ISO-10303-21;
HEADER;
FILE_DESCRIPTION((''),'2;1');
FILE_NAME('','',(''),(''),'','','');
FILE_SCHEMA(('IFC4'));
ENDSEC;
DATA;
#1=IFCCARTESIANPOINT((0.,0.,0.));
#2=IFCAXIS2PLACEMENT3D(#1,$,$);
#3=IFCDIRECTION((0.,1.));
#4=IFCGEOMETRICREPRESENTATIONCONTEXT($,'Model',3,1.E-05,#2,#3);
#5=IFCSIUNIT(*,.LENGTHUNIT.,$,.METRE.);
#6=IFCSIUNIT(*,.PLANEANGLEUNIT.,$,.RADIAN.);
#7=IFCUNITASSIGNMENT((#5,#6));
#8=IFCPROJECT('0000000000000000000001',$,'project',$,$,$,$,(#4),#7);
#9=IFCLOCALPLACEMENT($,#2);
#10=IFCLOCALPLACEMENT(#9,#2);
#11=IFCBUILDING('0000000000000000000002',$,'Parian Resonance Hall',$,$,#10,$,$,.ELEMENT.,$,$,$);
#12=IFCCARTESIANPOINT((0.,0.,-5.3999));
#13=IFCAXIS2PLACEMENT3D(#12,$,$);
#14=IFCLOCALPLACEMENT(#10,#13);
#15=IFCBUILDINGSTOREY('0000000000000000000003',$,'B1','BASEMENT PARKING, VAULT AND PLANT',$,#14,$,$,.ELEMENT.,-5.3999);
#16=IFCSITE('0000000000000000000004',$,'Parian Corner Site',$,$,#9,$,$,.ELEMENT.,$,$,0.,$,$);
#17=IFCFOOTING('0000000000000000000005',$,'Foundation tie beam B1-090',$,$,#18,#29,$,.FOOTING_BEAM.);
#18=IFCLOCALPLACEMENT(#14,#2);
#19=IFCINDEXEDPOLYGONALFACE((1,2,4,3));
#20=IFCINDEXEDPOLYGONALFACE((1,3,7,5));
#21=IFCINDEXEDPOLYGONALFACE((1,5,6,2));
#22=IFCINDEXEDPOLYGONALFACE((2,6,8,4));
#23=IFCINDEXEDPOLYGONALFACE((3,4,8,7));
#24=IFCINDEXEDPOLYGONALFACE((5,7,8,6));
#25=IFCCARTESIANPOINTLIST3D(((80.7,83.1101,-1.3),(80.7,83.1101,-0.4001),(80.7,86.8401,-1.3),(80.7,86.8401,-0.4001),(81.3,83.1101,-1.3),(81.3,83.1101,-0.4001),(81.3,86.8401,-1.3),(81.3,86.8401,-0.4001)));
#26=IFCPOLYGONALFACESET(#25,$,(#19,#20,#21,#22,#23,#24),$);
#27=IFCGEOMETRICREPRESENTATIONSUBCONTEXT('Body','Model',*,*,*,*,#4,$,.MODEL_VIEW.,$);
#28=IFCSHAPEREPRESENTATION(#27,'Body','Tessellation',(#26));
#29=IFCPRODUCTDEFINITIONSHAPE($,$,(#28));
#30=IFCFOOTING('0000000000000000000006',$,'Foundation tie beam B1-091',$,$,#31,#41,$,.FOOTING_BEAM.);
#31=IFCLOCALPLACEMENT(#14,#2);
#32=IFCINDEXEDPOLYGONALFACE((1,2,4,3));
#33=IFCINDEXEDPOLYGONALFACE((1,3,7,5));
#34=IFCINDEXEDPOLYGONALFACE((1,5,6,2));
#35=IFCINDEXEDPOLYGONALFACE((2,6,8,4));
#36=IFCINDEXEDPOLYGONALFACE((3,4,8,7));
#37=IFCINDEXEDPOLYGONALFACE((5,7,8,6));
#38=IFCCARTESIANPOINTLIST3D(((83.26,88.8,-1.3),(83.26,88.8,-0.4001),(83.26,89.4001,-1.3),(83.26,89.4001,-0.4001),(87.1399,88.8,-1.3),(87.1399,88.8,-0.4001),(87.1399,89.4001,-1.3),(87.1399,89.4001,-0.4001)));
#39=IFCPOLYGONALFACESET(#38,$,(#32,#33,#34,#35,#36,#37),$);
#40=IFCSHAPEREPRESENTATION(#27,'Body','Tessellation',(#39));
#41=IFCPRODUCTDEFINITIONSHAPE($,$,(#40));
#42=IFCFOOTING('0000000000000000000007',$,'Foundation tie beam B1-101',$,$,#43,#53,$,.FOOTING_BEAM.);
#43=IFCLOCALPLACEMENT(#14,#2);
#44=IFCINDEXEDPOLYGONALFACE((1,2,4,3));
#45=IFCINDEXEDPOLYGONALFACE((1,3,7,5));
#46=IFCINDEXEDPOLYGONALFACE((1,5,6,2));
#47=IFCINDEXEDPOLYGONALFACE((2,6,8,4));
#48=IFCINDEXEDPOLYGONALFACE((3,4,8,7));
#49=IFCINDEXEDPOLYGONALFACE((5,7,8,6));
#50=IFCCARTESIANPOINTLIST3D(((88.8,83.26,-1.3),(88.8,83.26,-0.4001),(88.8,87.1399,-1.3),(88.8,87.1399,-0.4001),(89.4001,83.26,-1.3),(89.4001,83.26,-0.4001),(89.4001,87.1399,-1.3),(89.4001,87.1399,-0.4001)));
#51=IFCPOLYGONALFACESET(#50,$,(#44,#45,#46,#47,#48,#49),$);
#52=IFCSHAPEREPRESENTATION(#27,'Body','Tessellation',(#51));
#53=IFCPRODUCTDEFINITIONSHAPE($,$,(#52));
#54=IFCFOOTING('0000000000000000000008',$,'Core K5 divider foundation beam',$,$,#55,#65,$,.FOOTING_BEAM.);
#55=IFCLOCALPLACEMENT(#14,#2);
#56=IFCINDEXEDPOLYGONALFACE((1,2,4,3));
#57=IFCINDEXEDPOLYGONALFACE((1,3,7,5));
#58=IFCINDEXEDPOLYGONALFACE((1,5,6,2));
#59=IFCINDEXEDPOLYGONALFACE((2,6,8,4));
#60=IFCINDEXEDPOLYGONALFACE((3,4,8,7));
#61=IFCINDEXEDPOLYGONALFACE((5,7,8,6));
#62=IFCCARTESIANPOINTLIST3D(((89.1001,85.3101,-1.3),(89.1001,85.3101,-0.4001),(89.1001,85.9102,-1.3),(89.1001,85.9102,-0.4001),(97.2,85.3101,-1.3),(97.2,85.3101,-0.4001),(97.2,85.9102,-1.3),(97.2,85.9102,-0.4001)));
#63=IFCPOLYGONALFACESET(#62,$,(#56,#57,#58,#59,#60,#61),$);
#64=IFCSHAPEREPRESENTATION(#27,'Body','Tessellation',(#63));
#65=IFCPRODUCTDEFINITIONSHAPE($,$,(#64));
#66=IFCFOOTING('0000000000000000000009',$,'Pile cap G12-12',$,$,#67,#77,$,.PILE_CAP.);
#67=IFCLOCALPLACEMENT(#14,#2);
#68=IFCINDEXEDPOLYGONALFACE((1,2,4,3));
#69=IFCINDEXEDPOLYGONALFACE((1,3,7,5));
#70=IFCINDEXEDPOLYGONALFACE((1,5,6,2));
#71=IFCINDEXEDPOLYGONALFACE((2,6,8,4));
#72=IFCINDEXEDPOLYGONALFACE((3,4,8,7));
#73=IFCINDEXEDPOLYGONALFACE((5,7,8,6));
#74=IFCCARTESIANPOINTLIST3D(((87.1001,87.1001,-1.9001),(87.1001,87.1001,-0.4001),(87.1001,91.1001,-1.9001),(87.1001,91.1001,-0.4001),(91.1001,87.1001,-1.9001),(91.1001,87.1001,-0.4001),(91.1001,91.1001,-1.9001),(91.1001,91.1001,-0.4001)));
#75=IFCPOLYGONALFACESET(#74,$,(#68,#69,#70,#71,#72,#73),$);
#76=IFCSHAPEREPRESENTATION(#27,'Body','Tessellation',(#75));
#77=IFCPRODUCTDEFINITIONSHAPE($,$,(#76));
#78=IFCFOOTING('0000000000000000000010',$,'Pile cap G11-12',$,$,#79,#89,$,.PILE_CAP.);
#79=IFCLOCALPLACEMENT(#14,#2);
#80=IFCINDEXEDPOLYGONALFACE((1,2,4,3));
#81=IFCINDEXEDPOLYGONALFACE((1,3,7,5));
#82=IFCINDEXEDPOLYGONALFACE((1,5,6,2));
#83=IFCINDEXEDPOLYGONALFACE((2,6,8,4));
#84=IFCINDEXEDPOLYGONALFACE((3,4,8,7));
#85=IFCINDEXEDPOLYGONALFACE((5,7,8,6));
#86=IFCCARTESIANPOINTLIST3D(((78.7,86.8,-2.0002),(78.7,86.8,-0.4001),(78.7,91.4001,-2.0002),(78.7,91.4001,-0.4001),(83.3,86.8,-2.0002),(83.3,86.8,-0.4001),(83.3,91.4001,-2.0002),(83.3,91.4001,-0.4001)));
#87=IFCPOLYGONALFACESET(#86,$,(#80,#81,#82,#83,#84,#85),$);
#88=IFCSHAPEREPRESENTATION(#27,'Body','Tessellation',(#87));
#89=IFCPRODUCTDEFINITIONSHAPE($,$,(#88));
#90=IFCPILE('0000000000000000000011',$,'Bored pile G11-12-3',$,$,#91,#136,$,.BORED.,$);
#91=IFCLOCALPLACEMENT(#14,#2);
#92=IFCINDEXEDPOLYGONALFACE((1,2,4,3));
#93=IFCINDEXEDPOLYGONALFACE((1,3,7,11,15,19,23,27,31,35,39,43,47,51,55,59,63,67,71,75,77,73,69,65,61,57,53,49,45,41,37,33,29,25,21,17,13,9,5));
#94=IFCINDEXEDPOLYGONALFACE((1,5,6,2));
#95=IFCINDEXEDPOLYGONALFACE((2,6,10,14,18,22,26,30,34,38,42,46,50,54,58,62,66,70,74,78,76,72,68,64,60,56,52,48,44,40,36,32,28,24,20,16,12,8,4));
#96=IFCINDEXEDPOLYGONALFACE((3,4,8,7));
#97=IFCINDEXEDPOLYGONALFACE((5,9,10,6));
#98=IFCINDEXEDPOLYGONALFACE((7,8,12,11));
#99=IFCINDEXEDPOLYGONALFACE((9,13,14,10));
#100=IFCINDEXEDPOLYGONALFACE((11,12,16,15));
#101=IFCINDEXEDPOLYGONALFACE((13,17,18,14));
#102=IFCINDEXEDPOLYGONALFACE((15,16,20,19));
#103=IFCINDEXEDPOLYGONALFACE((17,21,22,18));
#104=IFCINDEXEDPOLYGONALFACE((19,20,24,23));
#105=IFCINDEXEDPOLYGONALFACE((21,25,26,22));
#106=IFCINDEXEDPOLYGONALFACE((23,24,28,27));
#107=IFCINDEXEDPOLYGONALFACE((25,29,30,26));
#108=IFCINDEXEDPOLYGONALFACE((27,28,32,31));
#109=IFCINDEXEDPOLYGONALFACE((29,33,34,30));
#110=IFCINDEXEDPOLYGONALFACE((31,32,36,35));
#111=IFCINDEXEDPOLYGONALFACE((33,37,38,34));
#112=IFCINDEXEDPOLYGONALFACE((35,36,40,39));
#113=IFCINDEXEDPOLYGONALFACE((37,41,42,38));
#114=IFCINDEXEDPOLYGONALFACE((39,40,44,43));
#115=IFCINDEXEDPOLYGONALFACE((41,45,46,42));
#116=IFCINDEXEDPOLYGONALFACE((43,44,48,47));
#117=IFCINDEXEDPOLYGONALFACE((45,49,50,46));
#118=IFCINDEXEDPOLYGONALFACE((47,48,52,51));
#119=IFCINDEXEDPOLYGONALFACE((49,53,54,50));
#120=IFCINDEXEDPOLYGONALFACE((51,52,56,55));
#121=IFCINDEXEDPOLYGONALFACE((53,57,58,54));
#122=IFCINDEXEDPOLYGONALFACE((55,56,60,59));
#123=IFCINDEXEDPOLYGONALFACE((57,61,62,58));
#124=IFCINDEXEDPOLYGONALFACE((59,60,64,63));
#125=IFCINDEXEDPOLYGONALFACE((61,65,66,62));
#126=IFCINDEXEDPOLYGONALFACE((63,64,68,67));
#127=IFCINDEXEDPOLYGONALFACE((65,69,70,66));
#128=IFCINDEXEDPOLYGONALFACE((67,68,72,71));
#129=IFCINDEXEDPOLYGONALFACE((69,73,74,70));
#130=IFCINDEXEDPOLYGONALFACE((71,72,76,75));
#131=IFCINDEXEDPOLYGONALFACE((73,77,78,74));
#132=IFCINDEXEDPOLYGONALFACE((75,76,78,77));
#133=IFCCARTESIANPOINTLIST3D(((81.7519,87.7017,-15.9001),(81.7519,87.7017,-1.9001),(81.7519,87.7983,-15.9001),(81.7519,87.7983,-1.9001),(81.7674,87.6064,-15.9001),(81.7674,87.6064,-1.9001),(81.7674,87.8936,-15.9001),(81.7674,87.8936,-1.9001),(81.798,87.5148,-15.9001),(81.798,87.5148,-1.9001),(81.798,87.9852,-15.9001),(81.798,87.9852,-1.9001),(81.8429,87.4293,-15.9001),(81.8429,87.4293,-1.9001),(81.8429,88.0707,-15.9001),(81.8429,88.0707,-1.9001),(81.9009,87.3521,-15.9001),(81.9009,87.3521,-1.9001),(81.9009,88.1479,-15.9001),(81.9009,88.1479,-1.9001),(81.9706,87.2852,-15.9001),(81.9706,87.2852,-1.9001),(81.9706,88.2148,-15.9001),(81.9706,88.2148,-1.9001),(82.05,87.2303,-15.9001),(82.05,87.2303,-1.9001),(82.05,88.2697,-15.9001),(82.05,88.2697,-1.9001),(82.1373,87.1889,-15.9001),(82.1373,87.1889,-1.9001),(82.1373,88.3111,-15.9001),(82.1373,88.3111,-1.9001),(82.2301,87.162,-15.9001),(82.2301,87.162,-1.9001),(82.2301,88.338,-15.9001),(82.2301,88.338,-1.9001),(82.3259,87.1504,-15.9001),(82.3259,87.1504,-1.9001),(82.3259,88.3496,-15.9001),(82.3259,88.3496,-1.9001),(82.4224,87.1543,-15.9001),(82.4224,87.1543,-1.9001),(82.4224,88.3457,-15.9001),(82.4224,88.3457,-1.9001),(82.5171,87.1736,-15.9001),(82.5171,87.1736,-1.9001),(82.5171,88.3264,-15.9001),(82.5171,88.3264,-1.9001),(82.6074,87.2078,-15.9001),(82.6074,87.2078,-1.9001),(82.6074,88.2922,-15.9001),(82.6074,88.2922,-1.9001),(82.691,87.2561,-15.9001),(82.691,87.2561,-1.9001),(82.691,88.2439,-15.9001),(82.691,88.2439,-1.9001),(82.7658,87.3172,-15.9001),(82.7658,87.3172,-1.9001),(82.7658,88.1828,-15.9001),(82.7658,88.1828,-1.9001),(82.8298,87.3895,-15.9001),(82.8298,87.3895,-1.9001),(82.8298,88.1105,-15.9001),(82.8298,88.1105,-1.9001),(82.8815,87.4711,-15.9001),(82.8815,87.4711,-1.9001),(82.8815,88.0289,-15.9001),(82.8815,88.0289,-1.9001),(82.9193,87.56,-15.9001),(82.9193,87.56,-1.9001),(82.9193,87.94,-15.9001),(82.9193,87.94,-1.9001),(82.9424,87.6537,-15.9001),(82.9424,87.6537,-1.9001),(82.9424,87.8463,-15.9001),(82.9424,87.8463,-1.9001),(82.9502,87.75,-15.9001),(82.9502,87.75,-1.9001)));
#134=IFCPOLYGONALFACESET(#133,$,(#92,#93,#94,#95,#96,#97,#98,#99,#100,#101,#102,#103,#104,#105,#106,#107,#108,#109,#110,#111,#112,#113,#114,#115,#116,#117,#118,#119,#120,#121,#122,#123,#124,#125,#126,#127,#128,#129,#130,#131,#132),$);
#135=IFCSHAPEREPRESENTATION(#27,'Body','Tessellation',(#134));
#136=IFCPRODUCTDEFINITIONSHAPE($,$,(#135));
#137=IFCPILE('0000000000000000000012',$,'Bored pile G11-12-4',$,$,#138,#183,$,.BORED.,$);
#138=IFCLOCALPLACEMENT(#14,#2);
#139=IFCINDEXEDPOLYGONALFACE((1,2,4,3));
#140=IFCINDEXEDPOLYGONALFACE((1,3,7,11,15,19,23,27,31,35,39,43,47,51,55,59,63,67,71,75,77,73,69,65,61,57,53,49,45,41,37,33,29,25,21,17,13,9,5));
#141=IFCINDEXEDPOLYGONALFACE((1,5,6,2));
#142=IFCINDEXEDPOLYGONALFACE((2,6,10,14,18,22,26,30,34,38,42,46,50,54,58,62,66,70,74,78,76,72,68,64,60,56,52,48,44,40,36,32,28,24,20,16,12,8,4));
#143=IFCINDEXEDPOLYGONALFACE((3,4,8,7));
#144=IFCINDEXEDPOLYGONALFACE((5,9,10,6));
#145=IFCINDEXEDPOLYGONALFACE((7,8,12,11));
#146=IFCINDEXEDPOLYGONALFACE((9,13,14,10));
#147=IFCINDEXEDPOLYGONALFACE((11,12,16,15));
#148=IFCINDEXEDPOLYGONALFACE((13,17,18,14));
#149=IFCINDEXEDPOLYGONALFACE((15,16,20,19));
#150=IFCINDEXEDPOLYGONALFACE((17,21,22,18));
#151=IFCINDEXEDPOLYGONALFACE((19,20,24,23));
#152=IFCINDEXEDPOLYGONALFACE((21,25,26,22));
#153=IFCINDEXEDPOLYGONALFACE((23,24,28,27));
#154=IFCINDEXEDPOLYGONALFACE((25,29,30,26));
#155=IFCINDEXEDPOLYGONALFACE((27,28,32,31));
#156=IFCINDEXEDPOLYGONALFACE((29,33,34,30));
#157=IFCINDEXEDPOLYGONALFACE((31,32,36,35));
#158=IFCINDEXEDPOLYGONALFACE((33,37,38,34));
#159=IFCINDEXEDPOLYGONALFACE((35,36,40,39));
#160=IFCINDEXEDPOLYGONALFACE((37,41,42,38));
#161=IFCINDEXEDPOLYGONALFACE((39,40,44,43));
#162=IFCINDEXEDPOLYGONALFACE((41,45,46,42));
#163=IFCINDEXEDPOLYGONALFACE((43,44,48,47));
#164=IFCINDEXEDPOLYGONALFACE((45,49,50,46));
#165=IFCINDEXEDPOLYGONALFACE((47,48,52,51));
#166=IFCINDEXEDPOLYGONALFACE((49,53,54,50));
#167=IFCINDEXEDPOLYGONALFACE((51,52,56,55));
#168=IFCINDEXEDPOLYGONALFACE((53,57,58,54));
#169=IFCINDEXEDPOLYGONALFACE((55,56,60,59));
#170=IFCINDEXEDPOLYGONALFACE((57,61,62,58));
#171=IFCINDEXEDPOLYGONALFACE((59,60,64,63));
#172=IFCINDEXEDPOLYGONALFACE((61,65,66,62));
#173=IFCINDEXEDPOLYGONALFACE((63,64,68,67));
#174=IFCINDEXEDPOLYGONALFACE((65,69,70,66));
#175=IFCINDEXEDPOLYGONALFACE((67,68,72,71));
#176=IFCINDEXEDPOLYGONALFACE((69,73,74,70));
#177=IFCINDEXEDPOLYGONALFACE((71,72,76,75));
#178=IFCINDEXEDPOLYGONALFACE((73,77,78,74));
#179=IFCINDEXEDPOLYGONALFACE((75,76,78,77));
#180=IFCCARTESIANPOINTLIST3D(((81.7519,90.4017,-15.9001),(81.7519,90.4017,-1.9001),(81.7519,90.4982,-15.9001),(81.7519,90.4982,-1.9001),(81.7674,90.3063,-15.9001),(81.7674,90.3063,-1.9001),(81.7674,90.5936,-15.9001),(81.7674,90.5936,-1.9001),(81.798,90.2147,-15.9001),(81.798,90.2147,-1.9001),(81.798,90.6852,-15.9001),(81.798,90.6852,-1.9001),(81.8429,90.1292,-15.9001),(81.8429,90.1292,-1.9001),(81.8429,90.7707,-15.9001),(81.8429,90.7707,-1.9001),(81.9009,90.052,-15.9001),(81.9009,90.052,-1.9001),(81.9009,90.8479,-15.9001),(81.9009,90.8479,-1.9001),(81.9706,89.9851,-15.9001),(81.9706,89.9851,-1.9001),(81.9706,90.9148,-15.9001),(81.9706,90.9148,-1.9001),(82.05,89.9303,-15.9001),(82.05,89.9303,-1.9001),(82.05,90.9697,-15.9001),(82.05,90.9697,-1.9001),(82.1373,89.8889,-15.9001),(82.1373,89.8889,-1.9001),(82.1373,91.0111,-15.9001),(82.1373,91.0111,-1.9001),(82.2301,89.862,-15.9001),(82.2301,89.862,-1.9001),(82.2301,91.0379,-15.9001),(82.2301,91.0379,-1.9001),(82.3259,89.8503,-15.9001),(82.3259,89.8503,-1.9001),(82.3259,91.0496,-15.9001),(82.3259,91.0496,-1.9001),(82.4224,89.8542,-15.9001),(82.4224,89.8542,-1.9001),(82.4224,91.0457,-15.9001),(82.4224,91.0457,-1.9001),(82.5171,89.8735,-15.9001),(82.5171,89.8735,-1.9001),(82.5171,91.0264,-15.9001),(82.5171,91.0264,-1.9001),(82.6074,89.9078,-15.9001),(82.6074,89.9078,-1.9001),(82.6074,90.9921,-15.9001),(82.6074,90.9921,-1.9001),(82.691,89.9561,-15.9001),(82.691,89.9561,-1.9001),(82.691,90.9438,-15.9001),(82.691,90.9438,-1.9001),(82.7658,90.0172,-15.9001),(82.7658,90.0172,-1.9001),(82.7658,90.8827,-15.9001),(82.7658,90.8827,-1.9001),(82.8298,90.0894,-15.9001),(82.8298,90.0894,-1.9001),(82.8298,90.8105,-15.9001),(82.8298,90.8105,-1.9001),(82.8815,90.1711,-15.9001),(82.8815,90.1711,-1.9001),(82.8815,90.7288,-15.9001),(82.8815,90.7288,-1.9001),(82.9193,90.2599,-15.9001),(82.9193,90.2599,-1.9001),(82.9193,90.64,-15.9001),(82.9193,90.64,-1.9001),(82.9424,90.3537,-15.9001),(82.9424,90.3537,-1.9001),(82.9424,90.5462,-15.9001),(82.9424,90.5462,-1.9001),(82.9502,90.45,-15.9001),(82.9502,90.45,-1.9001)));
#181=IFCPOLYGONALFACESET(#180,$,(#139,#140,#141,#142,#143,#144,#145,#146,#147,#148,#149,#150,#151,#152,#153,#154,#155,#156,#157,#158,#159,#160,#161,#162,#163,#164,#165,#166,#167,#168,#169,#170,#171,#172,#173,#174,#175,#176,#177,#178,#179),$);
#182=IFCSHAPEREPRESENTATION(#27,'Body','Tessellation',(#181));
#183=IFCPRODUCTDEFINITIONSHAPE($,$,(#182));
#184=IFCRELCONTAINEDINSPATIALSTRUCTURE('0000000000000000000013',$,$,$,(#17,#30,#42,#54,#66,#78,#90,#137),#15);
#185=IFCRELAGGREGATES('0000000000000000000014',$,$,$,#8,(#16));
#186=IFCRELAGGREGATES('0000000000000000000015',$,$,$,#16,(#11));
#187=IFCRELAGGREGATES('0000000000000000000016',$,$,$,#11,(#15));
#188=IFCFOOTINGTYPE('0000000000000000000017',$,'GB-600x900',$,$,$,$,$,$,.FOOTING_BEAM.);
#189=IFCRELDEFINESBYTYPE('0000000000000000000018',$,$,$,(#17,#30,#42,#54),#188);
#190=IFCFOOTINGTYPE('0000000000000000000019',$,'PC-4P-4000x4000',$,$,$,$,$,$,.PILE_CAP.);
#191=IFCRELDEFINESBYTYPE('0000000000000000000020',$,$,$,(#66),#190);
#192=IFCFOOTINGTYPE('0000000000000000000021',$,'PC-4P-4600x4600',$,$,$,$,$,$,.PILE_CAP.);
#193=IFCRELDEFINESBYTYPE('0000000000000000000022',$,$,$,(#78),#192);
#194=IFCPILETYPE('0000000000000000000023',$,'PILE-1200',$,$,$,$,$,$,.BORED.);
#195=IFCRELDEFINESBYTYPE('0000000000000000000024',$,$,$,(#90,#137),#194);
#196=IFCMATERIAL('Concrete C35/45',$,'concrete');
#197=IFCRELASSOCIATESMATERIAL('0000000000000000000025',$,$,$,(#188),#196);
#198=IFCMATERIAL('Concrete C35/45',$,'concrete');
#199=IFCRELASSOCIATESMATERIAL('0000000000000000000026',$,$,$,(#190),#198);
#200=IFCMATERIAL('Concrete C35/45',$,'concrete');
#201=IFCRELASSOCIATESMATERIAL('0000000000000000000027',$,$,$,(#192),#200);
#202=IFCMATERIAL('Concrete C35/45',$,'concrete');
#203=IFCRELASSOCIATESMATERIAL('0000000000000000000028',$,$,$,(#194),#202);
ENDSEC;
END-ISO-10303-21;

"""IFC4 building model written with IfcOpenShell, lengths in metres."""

from ifc_helpers import new_model, si_unit, direction, frame, origin, origin_2d, place, context, subcontext, project, spatial, rectangle, circle, extrude, material, material_profile, profile_set, type_object, element, save


model = new_model("IFC4")

# Units and contexts
model_context = context("Model", 3, precision=1e-05, world=origin(), true_north=direction((0.0, 1.0)))
body_context = subcontext(model_context, "Body", "Model", "MODEL_VIEW")
ifc_project = project(units=[si_unit("LENGTHUNIT", "METRE"), si_unit("PLANEANGLEUNIT", "RADIAN")], contexts=[model_context])

# Site, building, storey
site_placement = place(None, origin())
site = spatial("IfcSite", under=ifc_project, at=site_placement, Name="Parian Corner Site", CompositionType="ELEMENT", RefElevation=0.0)
building_placement = place(site_placement, origin())
building = spatial("IfcBuilding", under=site, at=building_placement, Name="Parian Resonance Hall", CompositionType="ELEMENT")
storey_placement = place(building_placement, frame((0.0, 0.0, -5.3999)))
storey = spatial("IfcBuildingStorey", under=building, at=storey_placement, Name="B1", Description="BASEMENT PARKING, VAULT AND PLANT", CompositionType="ELEMENT", Elevation=-5.3999)

# Footings
ifc_material_1 = material(Name="Concrete C35/45", Category="concrete")
ifc_material_profile_1 = material_profile(ifc_material_1, rectangle(XDim=0.6001, YDim=0.8999, at=origin_2d()), Name="RC-GB-600x900")
ifc_profile_set_1 = profile_set([ifc_material_profile_1], Name="Concrete C35/45")
footing_type_1 = type_object("IfcFootingType", Name="GB-600x900", PredefinedType="FOOTING_BEAM", material=ifc_profile_set_1)
footing_1_placement = place(storey_placement, frame((81.0, 83.1101, -0.8501), z_axis=(0.0, 1.0, 0.0), x_axis=(-1.0, 0.0, 0.0)))
element("IfcFooting", 1, at=footing_1_placement, inside=storey, type_object=footing_type_1, Name="Foundation tie beam B1-090", PredefinedType="FOOTING_BEAM", context=body_context, shape_type="SweptSolid", body=[
    extrude(rectangle(XDim=0.6001, YDim=0.8999, at=origin_2d()), origin(), (0.0, 0.0, 1.0), 3.73),
])
for number, where, z_axis, x_axis, name in (
    (2, (83.26, 89.1001, -0.8501), (1.0, 0.0, 0.0), (0.0, 1.0, 0.0), "Foundation tie beam B1-091"),
    (3, (89.1001, 83.26, -0.8501), (0.0, 1.0, 0.0), (-1.0, 0.0, 0.0), "Foundation tie beam B1-101"),
):
    element("IfcFooting", number, at=place(storey_placement, frame(where, z_axis=z_axis, x_axis=x_axis)), inside=storey, type_object=footing_type_1, Name=name, PredefinedType="FOOTING_BEAM", context=body_context, shape_type="SweptSolid", body=[
        extrude(rectangle(XDim=0.6001, YDim=0.8999, at=origin_2d()), origin(), (0.0, 0.0, 1.0), 3.8799),
    ])
footing_2_placement = place(storey_placement, frame((89.1001, 85.6101, -0.8501), z_axis=(1.0, 0.0, 0.0), x_axis=(0.0, 1.0, 0.0)))
element("IfcFooting", 4, at=footing_2_placement, inside=storey, type_object=footing_type_1, Name="Core K5 divider foundation beam", PredefinedType="FOOTING_BEAM", context=body_context, shape_type="SweptSolid", body=[
    extrude(rectangle(XDim=0.6001, YDim=0.8999, at=origin_2d()), origin(), (0.0, 0.0, 1.0), 8.0999),
])
ifc_material_2 = material(Name="Concrete C35/45", Category="concrete")
footing_type_2 = type_object("IfcFootingType", Name="PC-4P-4000x4000", PredefinedType="PILE_CAP", material=ifc_material_2)
footing_3_placement = place(storey_placement, frame((89.1001, 89.1001, -1.9001), z_axis=(0.0, 0.0, 1.0), x_axis=(1.0, 0.0, 0.0)))
element("IfcFooting", 5, at=footing_3_placement, inside=storey, type_object=footing_type_2, Name="Pile cap G12-12", PredefinedType="PILE_CAP", context=body_context, shape_type="SweptSolid", body=[
    extrude(rectangle(XDim=4.0, YDim=4.0, at=origin_2d()), origin(), (0.0, 0.0, 1.0), 1.5),
])
ifc_material_3 = material(Name="Concrete C35/45", Category="concrete")
footing_type_3 = type_object("IfcFootingType", Name="PC-4P-4600x4600", PredefinedType="PILE_CAP", material=ifc_material_3)
footing_4_placement = place(storey_placement, frame((81.0, 89.1001, -2.0002), z_axis=(0.0, 0.0, 1.0), x_axis=(1.0, 0.0, 0.0)))
element("IfcFooting", 6, at=footing_4_placement, inside=storey, type_object=footing_type_3, Name="Pile cap G11-12", PredefinedType="PILE_CAP", context=body_context, shape_type="SweptSolid", body=[
    extrude(rectangle(XDim=4.6001, YDim=4.6001, at=origin_2d()), origin(), (0.0, 0.0, 1.0), 1.6001),
])

# Piles
ifc_material_4 = material(Name="Concrete C35/45", Category="concrete")
ifc_material_profile_2 = material_profile(ifc_material_4, circle(Radius=0.6001, at=origin_2d()), Name="PILE-D1200")
ifc_profile_set_2 = profile_set([ifc_material_profile_2], Name="Concrete C35/45")
pile_type_1 = type_object("IfcPileType", Name="PILE-1200", PredefinedType="BORED", material=ifc_profile_set_2)
for number, where, z_axis, x_axis, name in (
    (7, (82.3501, 87.75, -1.9001), (0.0, 0.0, -1.0), (1.0, 0.0, 0.0), "Bored pile G11-12-3"),
    (8, (82.3501, 90.45, -1.9001), (0.0, 0.0, -1.0), (1.0, 0.0, 0.0), "Bored pile G11-12-4"),
):
    element("IfcPile", number, at=place(storey_placement, frame(where, z_axis=z_axis, x_axis=x_axis)), inside=storey, type_object=pile_type_1, Name=name, PredefinedType="BORED", context=body_context, shape_type="SweptSolid", body=[
        extrude(circle(Radius=0.6001, at=origin_2d()), origin(), (0.0, 0.0, 1.0), 14.0),
    ])

save(model, "model.ifc")
